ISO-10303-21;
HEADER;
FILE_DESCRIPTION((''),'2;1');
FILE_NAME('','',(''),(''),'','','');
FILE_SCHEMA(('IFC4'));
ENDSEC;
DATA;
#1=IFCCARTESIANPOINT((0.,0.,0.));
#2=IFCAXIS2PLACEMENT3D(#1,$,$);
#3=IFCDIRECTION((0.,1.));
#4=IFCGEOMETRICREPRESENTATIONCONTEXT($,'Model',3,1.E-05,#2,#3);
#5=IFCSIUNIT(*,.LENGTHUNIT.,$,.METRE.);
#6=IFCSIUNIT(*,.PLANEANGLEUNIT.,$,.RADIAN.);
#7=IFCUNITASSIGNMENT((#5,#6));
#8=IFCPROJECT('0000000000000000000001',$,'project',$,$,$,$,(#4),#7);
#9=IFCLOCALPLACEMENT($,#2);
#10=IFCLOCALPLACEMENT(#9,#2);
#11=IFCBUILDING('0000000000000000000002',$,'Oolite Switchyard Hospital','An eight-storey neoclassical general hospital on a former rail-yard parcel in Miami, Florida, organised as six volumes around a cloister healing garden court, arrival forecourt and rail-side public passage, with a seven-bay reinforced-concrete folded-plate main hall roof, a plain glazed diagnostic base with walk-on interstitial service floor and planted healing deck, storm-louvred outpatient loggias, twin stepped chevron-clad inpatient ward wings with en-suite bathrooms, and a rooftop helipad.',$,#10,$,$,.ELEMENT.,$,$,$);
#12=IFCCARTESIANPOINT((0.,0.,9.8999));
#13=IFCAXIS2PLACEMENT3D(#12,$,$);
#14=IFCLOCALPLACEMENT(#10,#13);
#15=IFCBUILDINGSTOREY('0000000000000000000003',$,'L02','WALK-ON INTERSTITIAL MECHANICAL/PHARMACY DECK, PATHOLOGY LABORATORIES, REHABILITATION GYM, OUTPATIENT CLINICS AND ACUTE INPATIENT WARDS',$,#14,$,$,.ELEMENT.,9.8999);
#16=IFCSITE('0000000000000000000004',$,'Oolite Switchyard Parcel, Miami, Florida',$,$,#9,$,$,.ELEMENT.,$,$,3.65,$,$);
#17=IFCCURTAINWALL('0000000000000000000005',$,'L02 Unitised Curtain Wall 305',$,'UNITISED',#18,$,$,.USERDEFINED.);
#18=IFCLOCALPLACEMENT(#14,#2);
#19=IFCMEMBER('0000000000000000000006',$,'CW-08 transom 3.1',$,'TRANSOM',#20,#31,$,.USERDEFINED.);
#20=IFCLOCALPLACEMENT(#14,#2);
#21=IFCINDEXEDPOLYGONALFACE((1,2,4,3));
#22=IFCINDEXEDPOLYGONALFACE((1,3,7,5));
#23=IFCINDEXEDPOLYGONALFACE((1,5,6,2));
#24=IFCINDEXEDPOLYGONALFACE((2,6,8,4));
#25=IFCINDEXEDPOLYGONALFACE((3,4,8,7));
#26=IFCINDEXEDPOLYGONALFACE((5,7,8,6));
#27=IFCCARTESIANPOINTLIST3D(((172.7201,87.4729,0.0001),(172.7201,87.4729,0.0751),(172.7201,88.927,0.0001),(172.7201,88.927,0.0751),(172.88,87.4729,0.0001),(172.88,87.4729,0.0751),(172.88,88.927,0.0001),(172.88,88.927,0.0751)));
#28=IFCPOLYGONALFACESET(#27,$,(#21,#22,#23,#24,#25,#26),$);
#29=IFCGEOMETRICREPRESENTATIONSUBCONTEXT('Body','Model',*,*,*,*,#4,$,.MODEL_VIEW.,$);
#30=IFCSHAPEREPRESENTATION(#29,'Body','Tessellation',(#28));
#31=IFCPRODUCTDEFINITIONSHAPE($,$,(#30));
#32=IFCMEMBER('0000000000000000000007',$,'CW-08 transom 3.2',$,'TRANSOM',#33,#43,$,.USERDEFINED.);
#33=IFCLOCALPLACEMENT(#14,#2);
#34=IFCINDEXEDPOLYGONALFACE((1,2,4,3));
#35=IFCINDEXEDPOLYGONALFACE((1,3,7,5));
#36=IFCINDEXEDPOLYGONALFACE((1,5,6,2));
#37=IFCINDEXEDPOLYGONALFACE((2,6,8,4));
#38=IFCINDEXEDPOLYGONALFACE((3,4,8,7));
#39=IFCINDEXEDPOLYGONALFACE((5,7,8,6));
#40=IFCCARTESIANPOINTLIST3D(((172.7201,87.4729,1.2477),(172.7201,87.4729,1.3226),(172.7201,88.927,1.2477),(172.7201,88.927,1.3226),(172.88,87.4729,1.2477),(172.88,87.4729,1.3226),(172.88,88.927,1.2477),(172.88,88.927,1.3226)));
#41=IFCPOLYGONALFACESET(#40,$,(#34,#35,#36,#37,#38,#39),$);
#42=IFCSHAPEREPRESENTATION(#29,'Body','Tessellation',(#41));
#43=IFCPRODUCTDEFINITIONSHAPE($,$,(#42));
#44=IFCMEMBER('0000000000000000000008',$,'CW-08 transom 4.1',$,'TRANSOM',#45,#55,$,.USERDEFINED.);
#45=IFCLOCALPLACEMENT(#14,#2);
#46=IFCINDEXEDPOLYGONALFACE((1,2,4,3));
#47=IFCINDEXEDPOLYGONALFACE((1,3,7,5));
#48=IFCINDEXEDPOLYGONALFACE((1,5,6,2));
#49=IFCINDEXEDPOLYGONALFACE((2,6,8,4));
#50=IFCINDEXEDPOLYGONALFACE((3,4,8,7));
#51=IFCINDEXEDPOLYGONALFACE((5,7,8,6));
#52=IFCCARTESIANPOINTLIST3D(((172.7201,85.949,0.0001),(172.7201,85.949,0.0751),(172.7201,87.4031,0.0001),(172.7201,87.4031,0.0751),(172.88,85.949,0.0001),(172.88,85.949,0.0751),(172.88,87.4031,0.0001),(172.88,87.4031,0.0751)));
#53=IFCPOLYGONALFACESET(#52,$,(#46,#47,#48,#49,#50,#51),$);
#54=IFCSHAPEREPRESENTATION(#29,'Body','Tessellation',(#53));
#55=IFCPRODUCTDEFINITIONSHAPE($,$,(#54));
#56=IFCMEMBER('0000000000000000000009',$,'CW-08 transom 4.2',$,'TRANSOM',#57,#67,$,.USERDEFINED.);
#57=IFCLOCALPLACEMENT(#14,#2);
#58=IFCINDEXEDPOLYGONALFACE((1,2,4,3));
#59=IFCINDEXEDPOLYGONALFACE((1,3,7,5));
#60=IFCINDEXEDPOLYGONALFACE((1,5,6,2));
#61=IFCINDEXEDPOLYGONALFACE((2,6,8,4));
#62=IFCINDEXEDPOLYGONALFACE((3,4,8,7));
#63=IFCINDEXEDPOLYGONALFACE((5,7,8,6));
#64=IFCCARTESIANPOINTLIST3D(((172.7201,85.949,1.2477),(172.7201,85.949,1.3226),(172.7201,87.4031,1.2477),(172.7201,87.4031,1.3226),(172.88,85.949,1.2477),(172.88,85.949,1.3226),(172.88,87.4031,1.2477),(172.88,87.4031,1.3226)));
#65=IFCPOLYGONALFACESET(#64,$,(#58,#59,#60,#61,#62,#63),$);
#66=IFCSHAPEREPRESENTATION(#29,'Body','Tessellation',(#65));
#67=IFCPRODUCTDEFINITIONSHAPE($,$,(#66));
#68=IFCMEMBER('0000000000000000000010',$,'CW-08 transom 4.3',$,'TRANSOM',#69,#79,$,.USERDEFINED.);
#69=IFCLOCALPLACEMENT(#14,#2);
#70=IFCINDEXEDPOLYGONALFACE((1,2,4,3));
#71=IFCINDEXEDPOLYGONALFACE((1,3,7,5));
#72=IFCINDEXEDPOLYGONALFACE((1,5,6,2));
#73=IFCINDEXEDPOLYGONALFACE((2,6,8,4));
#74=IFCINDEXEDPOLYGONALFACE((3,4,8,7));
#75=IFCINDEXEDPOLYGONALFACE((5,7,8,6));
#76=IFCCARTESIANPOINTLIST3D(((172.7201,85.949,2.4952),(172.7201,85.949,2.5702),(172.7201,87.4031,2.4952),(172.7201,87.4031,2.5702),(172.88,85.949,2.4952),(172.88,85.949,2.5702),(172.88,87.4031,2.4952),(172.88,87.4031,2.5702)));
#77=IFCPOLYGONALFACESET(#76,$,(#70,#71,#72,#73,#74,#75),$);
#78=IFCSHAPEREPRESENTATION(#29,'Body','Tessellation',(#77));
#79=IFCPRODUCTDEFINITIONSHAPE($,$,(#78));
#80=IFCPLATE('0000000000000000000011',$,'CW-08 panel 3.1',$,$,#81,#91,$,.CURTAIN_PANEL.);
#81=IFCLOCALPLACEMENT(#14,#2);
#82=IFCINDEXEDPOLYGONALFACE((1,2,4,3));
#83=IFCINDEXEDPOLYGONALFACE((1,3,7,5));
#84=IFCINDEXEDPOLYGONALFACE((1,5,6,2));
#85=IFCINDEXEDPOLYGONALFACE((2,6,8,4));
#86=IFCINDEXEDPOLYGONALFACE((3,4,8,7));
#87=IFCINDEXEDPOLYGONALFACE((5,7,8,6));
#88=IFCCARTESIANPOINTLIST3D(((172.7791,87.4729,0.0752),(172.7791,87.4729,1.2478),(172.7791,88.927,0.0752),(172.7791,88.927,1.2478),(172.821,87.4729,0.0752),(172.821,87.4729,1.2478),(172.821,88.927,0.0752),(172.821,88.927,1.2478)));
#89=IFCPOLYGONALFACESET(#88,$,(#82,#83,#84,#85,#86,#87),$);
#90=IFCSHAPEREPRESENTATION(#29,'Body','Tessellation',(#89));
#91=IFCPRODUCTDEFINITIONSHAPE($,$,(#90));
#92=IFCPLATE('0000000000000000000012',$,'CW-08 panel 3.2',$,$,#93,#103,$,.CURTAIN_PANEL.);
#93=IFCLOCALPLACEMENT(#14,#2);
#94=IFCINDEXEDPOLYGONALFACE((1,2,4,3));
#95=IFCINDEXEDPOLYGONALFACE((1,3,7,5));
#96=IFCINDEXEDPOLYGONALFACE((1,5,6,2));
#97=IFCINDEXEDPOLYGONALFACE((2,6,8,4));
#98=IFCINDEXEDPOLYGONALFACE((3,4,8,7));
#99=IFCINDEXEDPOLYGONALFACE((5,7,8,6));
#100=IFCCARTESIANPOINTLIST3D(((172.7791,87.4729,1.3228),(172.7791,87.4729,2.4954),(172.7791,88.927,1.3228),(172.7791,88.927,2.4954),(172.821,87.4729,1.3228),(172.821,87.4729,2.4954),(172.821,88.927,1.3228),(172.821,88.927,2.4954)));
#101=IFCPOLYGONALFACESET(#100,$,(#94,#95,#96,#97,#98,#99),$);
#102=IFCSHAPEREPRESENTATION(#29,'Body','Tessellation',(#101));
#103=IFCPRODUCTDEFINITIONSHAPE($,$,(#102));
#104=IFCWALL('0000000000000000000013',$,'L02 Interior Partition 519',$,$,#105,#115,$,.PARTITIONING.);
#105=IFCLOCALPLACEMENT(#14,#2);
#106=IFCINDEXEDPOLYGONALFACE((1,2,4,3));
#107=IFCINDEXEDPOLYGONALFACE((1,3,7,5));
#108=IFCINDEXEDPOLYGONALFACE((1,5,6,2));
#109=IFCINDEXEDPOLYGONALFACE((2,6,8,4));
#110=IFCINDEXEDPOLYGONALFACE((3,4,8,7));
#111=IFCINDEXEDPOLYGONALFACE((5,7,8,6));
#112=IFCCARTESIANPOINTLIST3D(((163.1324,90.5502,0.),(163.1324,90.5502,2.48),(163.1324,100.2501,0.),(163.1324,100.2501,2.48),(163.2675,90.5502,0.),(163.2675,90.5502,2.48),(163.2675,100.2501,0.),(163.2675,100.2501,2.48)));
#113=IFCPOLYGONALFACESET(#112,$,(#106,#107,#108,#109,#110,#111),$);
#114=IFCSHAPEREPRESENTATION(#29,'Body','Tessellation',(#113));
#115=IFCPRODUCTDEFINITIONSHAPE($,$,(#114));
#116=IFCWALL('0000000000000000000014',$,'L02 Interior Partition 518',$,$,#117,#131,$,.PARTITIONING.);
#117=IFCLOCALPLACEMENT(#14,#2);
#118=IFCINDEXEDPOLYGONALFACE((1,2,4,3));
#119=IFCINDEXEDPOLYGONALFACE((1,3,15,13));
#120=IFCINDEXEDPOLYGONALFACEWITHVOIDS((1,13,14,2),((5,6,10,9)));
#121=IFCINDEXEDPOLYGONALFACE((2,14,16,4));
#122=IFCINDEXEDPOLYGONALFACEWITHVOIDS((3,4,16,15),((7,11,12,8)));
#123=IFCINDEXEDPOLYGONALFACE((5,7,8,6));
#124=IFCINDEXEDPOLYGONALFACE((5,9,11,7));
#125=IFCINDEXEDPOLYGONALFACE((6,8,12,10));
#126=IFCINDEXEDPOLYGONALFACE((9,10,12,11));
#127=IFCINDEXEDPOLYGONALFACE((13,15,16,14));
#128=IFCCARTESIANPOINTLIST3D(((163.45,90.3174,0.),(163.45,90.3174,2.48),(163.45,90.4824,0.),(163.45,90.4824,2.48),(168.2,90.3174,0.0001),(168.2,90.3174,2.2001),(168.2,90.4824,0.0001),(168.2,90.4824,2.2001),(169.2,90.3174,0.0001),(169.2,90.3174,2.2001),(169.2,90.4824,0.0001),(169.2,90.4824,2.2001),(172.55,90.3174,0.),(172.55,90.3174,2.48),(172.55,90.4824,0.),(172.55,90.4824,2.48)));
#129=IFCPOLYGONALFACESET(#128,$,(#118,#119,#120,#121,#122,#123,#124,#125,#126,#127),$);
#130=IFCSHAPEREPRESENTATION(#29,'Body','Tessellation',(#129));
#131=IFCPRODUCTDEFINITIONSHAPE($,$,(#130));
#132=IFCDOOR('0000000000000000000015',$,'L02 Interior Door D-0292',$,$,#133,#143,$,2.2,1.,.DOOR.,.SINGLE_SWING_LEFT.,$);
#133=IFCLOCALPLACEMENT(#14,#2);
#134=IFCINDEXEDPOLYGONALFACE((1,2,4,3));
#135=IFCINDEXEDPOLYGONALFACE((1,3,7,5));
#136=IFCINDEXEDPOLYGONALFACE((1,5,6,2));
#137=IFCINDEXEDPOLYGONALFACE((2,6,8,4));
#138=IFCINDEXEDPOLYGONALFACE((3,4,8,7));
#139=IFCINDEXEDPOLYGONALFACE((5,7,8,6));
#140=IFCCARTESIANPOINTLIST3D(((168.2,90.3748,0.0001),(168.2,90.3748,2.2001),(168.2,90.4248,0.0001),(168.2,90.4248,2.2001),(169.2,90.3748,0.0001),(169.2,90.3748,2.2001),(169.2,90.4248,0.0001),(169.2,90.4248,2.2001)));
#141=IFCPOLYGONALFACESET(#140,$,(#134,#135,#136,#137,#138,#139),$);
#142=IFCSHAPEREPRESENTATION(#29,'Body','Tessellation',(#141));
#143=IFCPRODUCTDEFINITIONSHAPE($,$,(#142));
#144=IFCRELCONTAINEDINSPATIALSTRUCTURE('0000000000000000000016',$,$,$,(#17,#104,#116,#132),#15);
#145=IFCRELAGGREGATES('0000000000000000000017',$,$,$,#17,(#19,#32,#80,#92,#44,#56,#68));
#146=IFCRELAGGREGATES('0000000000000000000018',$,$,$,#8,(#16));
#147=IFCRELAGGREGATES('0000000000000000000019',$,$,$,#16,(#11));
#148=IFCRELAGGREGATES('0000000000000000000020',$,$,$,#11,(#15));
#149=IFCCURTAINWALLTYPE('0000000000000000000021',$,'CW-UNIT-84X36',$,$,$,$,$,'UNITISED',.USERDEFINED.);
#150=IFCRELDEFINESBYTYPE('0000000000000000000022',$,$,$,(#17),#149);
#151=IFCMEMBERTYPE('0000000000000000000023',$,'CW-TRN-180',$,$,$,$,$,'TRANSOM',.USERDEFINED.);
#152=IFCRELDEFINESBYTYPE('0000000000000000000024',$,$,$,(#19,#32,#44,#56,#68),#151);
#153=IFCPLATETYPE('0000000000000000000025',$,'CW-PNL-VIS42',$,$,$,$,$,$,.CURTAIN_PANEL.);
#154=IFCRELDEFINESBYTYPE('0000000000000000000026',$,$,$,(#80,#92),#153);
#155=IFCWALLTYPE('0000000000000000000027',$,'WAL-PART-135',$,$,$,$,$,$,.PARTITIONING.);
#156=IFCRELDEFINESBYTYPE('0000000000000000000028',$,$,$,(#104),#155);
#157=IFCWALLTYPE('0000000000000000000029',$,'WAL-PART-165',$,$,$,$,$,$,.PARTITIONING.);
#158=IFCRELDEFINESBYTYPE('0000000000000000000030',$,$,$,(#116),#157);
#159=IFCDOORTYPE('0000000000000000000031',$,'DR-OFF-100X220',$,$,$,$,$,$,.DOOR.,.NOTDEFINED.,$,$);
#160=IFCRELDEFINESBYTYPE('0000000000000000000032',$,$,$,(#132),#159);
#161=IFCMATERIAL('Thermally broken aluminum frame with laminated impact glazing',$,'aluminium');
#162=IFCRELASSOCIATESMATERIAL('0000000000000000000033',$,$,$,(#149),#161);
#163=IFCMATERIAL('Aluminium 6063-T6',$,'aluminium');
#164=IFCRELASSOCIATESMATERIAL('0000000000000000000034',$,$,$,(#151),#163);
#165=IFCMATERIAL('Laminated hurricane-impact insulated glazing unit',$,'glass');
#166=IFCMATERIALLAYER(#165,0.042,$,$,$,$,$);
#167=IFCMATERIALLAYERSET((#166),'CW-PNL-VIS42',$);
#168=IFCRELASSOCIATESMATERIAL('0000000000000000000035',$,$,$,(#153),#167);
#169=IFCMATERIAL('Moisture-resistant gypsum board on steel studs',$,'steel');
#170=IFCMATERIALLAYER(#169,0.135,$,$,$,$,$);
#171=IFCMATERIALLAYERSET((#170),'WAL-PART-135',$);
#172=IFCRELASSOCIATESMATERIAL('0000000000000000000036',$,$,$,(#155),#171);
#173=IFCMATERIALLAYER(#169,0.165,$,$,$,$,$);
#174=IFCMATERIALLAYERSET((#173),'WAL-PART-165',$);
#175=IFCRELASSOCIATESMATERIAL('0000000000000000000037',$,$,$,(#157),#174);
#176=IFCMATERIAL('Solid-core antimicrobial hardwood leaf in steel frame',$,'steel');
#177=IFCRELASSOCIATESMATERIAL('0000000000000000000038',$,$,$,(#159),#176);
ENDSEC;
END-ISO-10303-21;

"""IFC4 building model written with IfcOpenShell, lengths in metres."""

from ifc_helpers import new_model, si_unit, direction, frame, frame_2d, origin, origin_2d, place, context, subcontext, project, spatial, rectangle, extrude, material, layer, layer_set, material_profile, profile_set, type_object, element, fill, aggregate, save


model = new_model("IFC4")

# Units and contexts
model_context = context("Model", 3, precision=1e-05, world=origin(), true_north=direction((0.0, 1.0)))
body_context = subcontext(model_context, "Body", "Model", "MODEL_VIEW")
ifc_project = project(units=[si_unit("LENGTHUNIT", "METRE"), si_unit("PLANEANGLEUNIT", "RADIAN")], contexts=[model_context])

# Site, building, storey
site_placement = place(None, origin())
site = spatial("IfcSite", under=ifc_project, at=site_placement, Name="Oolite Switchyard Parcel, Miami, Florida", CompositionType="ELEMENT", RefElevation=3.65)
building_placement = place(site_placement, origin())
building = spatial("IfcBuilding", under=site, at=building_placement, Name="Oolite Switchyard Hospital", Description="An eight-storey neoclassical general hospital on a former rail-yard parcel in Miami, Florida, organised as six volumes around a cloister healing garden court, arrival forecourt and rail-side public passage, with a seven-bay reinforced-concrete folded-plate main hall roof, a plain glazed diagnostic base with walk-on interstitial service floor and planted healing deck, storm-louvred outpatient loggias, twin stepped chevron-clad inpatient ward wings with en-suite bathrooms, and a rooftop helipad.", CompositionType="ELEMENT")
storey_placement = place(building_placement, frame((0.0, 0.0, 9.8999)))
storey = spatial("IfcBuildingStorey", under=building, at=storey_placement, Name="L02", Description="WALK-ON INTERSTITIAL MECHANICAL/PHARMACY DECK, PATHOLOGY LABORATORIES, REHABILITATION GYM, OUTPATIENT CLINICS AND ACUTE INPATIENT WARDS", CompositionType="ELEMENT", Elevation=9.8999)

# Curtain wall, members, plates
ifc_material_1 = material(Name="Thermally broken aluminum frame with laminated impact glazing", Category="aluminium")
curtain_wall_type = type_object("IfcCurtainWallType", Name="CW-UNIT-84X36", ElementType="UNITISED", PredefinedType="USERDEFINED", material=ifc_material_1)
curtain_wall_placement = place(storey_placement, origin())
curtain_wall = element("IfcCurtainWall", 1, at=curtain_wall_placement, inside=storey, type_object=curtain_wall_type, Name="L02 Unitised Curtain Wall 305", ObjectType="UNITISED", PredefinedType="USERDEFINED")
ifc_material_2 = material(Name="Aluminium 6063-T6", Category="aluminium")
ifc_material_profile_1 = material_profile(ifc_material_2, rectangle(XDim=0.1599, YDim=0.075, at=origin_2d()), Name="CWT75X160")
ifc_profile_set_1 = profile_set([ifc_material_profile_1], Name="Aluminium 6063-T6")
member_type_1 = type_object("IfcMemberType", Name="CW-TRN-180", ElementType="TRANSOM", PredefinedType="USERDEFINED", material=ifc_profile_set_1)
member_1_placement = place(storey_placement, frame((172.8, 88.927, 0.0376), z_axis=(0.0, -1.0, 0.0), x_axis=(1.0, 0.0, 0.0)))
member_1 = element("IfcMember", 2, at=member_1_placement, type_object=member_type_1, Name="CW-08 transom 3.1", ObjectType="TRANSOM", PredefinedType="USERDEFINED", context=body_context, shape_type="SweptSolid", body=[
    extrude(rectangle(XDim=0.1599, YDim=0.075, at=origin_2d()), origin(), (0.0, 0.0, 1.0), 1.4541),
])
member_2_placement = place(storey_placement, frame((172.8, 88.927, 1.2852), z_axis=(0.0, -1.0, 0.0), x_axis=(1.0, 0.0, 0.0)))
member_2 = element("IfcMember", 3, at=member_2_placement, type_object=member_type_1, Name="CW-08 transom 3.2", ObjectType="TRANSOM", PredefinedType="USERDEFINED", context=body_context, shape_type="SweptSolid", body=[
    extrude(rectangle(XDim=0.1599, YDim=0.075, at=origin_2d()), origin(), (0.0, 0.0, 1.0), 1.4541),
])
member_3_placement = place(storey_placement, frame((172.8, 87.4031, 0.0376), z_axis=(0.0, -1.0, 0.0), x_axis=(1.0, 0.0, 0.0)))
member_3 = element("IfcMember", 4, at=member_3_placement, type_object=member_type_1, Name="CW-08 transom 4.1", ObjectType="TRANSOM", PredefinedType="USERDEFINED", context=body_context, shape_type="SweptSolid", body=[
    extrude(rectangle(XDim=0.1599, YDim=0.075, at=origin_2d()), origin(), (0.0, 0.0, 1.0), 1.4541),
])
member_4_placement = place(storey_placement, frame((172.8, 87.4031, 1.2852), z_axis=(0.0, -1.0, 0.0), x_axis=(1.0, 0.0, 0.0)))
member_4 = element("IfcMember", 5, at=member_4_placement, type_object=member_type_1, Name="CW-08 transom 4.2", ObjectType="TRANSOM", PredefinedType="USERDEFINED", context=body_context, shape_type="SweptSolid", body=[
    extrude(rectangle(XDim=0.1599, YDim=0.075, at=origin_2d()), origin(), (0.0, 0.0, 1.0), 1.4541),
])
member_5_placement = place(storey_placement, frame((172.8, 87.4031, 2.5327), z_axis=(0.0, -1.0, 0.0), x_axis=(1.0, 0.0, 0.0)))
member_5 = element("IfcMember", 6, at=member_5_placement, type_object=member_type_1, Name="CW-08 transom 4.3", ObjectType="TRANSOM", PredefinedType="USERDEFINED", context=body_context, shape_type="SweptSolid", body=[
    extrude(rectangle(XDim=0.1599, YDim=0.075, at=origin_2d()), origin(), (0.0, 0.0, 1.0), 1.4541),
])
ifc_material_3 = material(Name="Laminated hurricane-impact insulated glazing unit", Category="glass")
ifc_layer_1 = layer(ifc_material_3, 0.042)
ifc_layer_set_1 = layer_set([ifc_layer_1], Name="CW-PNL-VIS42")
plate_type = type_object("IfcPlateType", Name="CW-PNL-VIS42", PredefinedType="CURTAIN_PANEL", material=ifc_layer_set_1)
plate_1_placement = place(storey_placement, frame((172.8, 88.2, 0.0752), z_axis=(0.0, 0.0, 1.0), x_axis=(0.0, -1.0, 0.0)))
plate_1 = element("IfcPlate", 7, at=plate_1_placement, type_object=plate_type, Name="CW-08 panel 3.1", PredefinedType="CURTAIN_PANEL", context=body_context, shape_type="SweptSolid", body=[
    extrude(rectangle(XDim=1.4541, YDim=0.042, at=origin_2d()), origin(), (0.0, 0.0, 1.0), 1.1726),
])
plate_2_placement = place(storey_placement, frame((172.8, 88.2, 1.3228), z_axis=(0.0, 0.0, 1.0), x_axis=(0.0, -1.0, 0.0)))
plate_2 = element("IfcPlate", 8, at=plate_2_placement, type_object=plate_type, Name="CW-08 panel 3.2", PredefinedType="CURTAIN_PANEL", context=body_context, shape_type="SweptSolid", body=[
    extrude(rectangle(XDim=1.4541, YDim=0.042, at=origin_2d()), origin(), (0.0, 0.0, 1.0), 1.1726),
])
aggregate(curtain_wall, [member_1, member_2, plate_1, plate_2, member_3, member_4, member_5])

# Wall
ifc_material_4 = material(Name="Moisture-resistant gypsum board on steel studs", Category="steel")
ifc_layer_2 = layer(ifc_material_4, 0.135)
ifc_layer_set_2 = layer_set([ifc_layer_2], Name="WAL-PART-135")
wall_type_1 = type_object("IfcWallType", Name="WAL-PART-135", PredefinedType="PARTITIONING", material=ifc_layer_set_2)
wall_1_placement = place(storey_placement, frame((163.2, 90.55, 0.0), z_axis=(0.0, 0.0, 1.0), x_axis=(0.0, 1.0, 0.0)))
element("IfcWall", 9, at=wall_1_placement, inside=storey, type_object=wall_type_1, Name="L02 Interior Partition 519", PredefinedType="PARTITIONING", context=body_context, shape_type="SweptSolid", body=[
    extrude(rectangle(XDim=9.7, YDim=0.135, at=frame_2d((4.8501, 0.0))), origin(), (0.0, 0.0, 1.0), 2.48),
])

# Wall, opening, door
ifc_layer_3 = layer(ifc_material_4, 0.165)
ifc_layer_set_3 = layer_set([ifc_layer_3], Name="WAL-PART-165")
wall_type_2 = type_object("IfcWallType", Name="WAL-PART-165", PredefinedType="PARTITIONING", material=ifc_layer_set_3)
wall_2_placement = place(storey_placement, frame((163.45, 90.3999, 0.0), z_axis=(0.0, 0.0, 1.0), x_axis=(1.0, 0.0, 0.0)))
wall_2 = element("IfcWall", 10, at=wall_2_placement, inside=storey, type_object=wall_type_2, Name="L02 Interior Partition 518", PredefinedType="PARTITIONING", context=body_context, shape_type="SweptSolid", body=[
    extrude(rectangle(XDim=9.1001, YDim=0.165, at=frame_2d((4.55, 0.0))), origin(), (0.0, 0.0, 1.0), 2.48),
])
opening_1_placement = place(wall_2_placement, frame((4.75, 0.0, 0.0)))
opening_1 = element("IfcOpeningElement", 11, at=opening_1_placement, cuts=wall_2, PredefinedType="OPENING", context=body_context, shape_type="SweptSolid", body=[
    extrude(rectangle(XDim=1.0, YDim=2.2, at=frame_2d((0.5, 1.1001))), frame((0.0, 0.0925, 0.0), z_axis=(0.0, -1.0, 0.0), x_axis=(1.0, 0.0, 0.0)), (0.0, 0.0, 1.0), 0.1851),
])
ifc_material_5 = material(Name="Solid-core antimicrobial hardwood leaf in steel frame", Category="steel")
door_type_1 = type_object("IfcDoorType", Name="DR-OFF-100X220", OperationType="NOTDEFINED", PredefinedType="DOOR", material=ifc_material_5)
door_1_placement = place(opening_1_placement, origin())
door_1 = element("IfcDoor", 12, at=door_1_placement, inside=storey, type_object=door_type_1, Name="L02 Interior Door D-0292", OperationType="SINGLE_SWING_LEFT", OverallHeight=2.2, OverallWidth=1.0, PredefinedType="DOOR", context=body_context, shape_type="SweptSolid", body=[
    extrude(rectangle(XDim=1.0, YDim=2.2, at=frame_2d((0.5, 1.1001))), frame((0.0, 0.0249, 0.0), z_axis=(0.0, -1.0, 0.0), x_axis=(1.0, 0.0, 0.0)), (0.0, 0.0, 1.0), 0.05),
])
fill(opening_1, door_1)

save(model, "model.ifc")
